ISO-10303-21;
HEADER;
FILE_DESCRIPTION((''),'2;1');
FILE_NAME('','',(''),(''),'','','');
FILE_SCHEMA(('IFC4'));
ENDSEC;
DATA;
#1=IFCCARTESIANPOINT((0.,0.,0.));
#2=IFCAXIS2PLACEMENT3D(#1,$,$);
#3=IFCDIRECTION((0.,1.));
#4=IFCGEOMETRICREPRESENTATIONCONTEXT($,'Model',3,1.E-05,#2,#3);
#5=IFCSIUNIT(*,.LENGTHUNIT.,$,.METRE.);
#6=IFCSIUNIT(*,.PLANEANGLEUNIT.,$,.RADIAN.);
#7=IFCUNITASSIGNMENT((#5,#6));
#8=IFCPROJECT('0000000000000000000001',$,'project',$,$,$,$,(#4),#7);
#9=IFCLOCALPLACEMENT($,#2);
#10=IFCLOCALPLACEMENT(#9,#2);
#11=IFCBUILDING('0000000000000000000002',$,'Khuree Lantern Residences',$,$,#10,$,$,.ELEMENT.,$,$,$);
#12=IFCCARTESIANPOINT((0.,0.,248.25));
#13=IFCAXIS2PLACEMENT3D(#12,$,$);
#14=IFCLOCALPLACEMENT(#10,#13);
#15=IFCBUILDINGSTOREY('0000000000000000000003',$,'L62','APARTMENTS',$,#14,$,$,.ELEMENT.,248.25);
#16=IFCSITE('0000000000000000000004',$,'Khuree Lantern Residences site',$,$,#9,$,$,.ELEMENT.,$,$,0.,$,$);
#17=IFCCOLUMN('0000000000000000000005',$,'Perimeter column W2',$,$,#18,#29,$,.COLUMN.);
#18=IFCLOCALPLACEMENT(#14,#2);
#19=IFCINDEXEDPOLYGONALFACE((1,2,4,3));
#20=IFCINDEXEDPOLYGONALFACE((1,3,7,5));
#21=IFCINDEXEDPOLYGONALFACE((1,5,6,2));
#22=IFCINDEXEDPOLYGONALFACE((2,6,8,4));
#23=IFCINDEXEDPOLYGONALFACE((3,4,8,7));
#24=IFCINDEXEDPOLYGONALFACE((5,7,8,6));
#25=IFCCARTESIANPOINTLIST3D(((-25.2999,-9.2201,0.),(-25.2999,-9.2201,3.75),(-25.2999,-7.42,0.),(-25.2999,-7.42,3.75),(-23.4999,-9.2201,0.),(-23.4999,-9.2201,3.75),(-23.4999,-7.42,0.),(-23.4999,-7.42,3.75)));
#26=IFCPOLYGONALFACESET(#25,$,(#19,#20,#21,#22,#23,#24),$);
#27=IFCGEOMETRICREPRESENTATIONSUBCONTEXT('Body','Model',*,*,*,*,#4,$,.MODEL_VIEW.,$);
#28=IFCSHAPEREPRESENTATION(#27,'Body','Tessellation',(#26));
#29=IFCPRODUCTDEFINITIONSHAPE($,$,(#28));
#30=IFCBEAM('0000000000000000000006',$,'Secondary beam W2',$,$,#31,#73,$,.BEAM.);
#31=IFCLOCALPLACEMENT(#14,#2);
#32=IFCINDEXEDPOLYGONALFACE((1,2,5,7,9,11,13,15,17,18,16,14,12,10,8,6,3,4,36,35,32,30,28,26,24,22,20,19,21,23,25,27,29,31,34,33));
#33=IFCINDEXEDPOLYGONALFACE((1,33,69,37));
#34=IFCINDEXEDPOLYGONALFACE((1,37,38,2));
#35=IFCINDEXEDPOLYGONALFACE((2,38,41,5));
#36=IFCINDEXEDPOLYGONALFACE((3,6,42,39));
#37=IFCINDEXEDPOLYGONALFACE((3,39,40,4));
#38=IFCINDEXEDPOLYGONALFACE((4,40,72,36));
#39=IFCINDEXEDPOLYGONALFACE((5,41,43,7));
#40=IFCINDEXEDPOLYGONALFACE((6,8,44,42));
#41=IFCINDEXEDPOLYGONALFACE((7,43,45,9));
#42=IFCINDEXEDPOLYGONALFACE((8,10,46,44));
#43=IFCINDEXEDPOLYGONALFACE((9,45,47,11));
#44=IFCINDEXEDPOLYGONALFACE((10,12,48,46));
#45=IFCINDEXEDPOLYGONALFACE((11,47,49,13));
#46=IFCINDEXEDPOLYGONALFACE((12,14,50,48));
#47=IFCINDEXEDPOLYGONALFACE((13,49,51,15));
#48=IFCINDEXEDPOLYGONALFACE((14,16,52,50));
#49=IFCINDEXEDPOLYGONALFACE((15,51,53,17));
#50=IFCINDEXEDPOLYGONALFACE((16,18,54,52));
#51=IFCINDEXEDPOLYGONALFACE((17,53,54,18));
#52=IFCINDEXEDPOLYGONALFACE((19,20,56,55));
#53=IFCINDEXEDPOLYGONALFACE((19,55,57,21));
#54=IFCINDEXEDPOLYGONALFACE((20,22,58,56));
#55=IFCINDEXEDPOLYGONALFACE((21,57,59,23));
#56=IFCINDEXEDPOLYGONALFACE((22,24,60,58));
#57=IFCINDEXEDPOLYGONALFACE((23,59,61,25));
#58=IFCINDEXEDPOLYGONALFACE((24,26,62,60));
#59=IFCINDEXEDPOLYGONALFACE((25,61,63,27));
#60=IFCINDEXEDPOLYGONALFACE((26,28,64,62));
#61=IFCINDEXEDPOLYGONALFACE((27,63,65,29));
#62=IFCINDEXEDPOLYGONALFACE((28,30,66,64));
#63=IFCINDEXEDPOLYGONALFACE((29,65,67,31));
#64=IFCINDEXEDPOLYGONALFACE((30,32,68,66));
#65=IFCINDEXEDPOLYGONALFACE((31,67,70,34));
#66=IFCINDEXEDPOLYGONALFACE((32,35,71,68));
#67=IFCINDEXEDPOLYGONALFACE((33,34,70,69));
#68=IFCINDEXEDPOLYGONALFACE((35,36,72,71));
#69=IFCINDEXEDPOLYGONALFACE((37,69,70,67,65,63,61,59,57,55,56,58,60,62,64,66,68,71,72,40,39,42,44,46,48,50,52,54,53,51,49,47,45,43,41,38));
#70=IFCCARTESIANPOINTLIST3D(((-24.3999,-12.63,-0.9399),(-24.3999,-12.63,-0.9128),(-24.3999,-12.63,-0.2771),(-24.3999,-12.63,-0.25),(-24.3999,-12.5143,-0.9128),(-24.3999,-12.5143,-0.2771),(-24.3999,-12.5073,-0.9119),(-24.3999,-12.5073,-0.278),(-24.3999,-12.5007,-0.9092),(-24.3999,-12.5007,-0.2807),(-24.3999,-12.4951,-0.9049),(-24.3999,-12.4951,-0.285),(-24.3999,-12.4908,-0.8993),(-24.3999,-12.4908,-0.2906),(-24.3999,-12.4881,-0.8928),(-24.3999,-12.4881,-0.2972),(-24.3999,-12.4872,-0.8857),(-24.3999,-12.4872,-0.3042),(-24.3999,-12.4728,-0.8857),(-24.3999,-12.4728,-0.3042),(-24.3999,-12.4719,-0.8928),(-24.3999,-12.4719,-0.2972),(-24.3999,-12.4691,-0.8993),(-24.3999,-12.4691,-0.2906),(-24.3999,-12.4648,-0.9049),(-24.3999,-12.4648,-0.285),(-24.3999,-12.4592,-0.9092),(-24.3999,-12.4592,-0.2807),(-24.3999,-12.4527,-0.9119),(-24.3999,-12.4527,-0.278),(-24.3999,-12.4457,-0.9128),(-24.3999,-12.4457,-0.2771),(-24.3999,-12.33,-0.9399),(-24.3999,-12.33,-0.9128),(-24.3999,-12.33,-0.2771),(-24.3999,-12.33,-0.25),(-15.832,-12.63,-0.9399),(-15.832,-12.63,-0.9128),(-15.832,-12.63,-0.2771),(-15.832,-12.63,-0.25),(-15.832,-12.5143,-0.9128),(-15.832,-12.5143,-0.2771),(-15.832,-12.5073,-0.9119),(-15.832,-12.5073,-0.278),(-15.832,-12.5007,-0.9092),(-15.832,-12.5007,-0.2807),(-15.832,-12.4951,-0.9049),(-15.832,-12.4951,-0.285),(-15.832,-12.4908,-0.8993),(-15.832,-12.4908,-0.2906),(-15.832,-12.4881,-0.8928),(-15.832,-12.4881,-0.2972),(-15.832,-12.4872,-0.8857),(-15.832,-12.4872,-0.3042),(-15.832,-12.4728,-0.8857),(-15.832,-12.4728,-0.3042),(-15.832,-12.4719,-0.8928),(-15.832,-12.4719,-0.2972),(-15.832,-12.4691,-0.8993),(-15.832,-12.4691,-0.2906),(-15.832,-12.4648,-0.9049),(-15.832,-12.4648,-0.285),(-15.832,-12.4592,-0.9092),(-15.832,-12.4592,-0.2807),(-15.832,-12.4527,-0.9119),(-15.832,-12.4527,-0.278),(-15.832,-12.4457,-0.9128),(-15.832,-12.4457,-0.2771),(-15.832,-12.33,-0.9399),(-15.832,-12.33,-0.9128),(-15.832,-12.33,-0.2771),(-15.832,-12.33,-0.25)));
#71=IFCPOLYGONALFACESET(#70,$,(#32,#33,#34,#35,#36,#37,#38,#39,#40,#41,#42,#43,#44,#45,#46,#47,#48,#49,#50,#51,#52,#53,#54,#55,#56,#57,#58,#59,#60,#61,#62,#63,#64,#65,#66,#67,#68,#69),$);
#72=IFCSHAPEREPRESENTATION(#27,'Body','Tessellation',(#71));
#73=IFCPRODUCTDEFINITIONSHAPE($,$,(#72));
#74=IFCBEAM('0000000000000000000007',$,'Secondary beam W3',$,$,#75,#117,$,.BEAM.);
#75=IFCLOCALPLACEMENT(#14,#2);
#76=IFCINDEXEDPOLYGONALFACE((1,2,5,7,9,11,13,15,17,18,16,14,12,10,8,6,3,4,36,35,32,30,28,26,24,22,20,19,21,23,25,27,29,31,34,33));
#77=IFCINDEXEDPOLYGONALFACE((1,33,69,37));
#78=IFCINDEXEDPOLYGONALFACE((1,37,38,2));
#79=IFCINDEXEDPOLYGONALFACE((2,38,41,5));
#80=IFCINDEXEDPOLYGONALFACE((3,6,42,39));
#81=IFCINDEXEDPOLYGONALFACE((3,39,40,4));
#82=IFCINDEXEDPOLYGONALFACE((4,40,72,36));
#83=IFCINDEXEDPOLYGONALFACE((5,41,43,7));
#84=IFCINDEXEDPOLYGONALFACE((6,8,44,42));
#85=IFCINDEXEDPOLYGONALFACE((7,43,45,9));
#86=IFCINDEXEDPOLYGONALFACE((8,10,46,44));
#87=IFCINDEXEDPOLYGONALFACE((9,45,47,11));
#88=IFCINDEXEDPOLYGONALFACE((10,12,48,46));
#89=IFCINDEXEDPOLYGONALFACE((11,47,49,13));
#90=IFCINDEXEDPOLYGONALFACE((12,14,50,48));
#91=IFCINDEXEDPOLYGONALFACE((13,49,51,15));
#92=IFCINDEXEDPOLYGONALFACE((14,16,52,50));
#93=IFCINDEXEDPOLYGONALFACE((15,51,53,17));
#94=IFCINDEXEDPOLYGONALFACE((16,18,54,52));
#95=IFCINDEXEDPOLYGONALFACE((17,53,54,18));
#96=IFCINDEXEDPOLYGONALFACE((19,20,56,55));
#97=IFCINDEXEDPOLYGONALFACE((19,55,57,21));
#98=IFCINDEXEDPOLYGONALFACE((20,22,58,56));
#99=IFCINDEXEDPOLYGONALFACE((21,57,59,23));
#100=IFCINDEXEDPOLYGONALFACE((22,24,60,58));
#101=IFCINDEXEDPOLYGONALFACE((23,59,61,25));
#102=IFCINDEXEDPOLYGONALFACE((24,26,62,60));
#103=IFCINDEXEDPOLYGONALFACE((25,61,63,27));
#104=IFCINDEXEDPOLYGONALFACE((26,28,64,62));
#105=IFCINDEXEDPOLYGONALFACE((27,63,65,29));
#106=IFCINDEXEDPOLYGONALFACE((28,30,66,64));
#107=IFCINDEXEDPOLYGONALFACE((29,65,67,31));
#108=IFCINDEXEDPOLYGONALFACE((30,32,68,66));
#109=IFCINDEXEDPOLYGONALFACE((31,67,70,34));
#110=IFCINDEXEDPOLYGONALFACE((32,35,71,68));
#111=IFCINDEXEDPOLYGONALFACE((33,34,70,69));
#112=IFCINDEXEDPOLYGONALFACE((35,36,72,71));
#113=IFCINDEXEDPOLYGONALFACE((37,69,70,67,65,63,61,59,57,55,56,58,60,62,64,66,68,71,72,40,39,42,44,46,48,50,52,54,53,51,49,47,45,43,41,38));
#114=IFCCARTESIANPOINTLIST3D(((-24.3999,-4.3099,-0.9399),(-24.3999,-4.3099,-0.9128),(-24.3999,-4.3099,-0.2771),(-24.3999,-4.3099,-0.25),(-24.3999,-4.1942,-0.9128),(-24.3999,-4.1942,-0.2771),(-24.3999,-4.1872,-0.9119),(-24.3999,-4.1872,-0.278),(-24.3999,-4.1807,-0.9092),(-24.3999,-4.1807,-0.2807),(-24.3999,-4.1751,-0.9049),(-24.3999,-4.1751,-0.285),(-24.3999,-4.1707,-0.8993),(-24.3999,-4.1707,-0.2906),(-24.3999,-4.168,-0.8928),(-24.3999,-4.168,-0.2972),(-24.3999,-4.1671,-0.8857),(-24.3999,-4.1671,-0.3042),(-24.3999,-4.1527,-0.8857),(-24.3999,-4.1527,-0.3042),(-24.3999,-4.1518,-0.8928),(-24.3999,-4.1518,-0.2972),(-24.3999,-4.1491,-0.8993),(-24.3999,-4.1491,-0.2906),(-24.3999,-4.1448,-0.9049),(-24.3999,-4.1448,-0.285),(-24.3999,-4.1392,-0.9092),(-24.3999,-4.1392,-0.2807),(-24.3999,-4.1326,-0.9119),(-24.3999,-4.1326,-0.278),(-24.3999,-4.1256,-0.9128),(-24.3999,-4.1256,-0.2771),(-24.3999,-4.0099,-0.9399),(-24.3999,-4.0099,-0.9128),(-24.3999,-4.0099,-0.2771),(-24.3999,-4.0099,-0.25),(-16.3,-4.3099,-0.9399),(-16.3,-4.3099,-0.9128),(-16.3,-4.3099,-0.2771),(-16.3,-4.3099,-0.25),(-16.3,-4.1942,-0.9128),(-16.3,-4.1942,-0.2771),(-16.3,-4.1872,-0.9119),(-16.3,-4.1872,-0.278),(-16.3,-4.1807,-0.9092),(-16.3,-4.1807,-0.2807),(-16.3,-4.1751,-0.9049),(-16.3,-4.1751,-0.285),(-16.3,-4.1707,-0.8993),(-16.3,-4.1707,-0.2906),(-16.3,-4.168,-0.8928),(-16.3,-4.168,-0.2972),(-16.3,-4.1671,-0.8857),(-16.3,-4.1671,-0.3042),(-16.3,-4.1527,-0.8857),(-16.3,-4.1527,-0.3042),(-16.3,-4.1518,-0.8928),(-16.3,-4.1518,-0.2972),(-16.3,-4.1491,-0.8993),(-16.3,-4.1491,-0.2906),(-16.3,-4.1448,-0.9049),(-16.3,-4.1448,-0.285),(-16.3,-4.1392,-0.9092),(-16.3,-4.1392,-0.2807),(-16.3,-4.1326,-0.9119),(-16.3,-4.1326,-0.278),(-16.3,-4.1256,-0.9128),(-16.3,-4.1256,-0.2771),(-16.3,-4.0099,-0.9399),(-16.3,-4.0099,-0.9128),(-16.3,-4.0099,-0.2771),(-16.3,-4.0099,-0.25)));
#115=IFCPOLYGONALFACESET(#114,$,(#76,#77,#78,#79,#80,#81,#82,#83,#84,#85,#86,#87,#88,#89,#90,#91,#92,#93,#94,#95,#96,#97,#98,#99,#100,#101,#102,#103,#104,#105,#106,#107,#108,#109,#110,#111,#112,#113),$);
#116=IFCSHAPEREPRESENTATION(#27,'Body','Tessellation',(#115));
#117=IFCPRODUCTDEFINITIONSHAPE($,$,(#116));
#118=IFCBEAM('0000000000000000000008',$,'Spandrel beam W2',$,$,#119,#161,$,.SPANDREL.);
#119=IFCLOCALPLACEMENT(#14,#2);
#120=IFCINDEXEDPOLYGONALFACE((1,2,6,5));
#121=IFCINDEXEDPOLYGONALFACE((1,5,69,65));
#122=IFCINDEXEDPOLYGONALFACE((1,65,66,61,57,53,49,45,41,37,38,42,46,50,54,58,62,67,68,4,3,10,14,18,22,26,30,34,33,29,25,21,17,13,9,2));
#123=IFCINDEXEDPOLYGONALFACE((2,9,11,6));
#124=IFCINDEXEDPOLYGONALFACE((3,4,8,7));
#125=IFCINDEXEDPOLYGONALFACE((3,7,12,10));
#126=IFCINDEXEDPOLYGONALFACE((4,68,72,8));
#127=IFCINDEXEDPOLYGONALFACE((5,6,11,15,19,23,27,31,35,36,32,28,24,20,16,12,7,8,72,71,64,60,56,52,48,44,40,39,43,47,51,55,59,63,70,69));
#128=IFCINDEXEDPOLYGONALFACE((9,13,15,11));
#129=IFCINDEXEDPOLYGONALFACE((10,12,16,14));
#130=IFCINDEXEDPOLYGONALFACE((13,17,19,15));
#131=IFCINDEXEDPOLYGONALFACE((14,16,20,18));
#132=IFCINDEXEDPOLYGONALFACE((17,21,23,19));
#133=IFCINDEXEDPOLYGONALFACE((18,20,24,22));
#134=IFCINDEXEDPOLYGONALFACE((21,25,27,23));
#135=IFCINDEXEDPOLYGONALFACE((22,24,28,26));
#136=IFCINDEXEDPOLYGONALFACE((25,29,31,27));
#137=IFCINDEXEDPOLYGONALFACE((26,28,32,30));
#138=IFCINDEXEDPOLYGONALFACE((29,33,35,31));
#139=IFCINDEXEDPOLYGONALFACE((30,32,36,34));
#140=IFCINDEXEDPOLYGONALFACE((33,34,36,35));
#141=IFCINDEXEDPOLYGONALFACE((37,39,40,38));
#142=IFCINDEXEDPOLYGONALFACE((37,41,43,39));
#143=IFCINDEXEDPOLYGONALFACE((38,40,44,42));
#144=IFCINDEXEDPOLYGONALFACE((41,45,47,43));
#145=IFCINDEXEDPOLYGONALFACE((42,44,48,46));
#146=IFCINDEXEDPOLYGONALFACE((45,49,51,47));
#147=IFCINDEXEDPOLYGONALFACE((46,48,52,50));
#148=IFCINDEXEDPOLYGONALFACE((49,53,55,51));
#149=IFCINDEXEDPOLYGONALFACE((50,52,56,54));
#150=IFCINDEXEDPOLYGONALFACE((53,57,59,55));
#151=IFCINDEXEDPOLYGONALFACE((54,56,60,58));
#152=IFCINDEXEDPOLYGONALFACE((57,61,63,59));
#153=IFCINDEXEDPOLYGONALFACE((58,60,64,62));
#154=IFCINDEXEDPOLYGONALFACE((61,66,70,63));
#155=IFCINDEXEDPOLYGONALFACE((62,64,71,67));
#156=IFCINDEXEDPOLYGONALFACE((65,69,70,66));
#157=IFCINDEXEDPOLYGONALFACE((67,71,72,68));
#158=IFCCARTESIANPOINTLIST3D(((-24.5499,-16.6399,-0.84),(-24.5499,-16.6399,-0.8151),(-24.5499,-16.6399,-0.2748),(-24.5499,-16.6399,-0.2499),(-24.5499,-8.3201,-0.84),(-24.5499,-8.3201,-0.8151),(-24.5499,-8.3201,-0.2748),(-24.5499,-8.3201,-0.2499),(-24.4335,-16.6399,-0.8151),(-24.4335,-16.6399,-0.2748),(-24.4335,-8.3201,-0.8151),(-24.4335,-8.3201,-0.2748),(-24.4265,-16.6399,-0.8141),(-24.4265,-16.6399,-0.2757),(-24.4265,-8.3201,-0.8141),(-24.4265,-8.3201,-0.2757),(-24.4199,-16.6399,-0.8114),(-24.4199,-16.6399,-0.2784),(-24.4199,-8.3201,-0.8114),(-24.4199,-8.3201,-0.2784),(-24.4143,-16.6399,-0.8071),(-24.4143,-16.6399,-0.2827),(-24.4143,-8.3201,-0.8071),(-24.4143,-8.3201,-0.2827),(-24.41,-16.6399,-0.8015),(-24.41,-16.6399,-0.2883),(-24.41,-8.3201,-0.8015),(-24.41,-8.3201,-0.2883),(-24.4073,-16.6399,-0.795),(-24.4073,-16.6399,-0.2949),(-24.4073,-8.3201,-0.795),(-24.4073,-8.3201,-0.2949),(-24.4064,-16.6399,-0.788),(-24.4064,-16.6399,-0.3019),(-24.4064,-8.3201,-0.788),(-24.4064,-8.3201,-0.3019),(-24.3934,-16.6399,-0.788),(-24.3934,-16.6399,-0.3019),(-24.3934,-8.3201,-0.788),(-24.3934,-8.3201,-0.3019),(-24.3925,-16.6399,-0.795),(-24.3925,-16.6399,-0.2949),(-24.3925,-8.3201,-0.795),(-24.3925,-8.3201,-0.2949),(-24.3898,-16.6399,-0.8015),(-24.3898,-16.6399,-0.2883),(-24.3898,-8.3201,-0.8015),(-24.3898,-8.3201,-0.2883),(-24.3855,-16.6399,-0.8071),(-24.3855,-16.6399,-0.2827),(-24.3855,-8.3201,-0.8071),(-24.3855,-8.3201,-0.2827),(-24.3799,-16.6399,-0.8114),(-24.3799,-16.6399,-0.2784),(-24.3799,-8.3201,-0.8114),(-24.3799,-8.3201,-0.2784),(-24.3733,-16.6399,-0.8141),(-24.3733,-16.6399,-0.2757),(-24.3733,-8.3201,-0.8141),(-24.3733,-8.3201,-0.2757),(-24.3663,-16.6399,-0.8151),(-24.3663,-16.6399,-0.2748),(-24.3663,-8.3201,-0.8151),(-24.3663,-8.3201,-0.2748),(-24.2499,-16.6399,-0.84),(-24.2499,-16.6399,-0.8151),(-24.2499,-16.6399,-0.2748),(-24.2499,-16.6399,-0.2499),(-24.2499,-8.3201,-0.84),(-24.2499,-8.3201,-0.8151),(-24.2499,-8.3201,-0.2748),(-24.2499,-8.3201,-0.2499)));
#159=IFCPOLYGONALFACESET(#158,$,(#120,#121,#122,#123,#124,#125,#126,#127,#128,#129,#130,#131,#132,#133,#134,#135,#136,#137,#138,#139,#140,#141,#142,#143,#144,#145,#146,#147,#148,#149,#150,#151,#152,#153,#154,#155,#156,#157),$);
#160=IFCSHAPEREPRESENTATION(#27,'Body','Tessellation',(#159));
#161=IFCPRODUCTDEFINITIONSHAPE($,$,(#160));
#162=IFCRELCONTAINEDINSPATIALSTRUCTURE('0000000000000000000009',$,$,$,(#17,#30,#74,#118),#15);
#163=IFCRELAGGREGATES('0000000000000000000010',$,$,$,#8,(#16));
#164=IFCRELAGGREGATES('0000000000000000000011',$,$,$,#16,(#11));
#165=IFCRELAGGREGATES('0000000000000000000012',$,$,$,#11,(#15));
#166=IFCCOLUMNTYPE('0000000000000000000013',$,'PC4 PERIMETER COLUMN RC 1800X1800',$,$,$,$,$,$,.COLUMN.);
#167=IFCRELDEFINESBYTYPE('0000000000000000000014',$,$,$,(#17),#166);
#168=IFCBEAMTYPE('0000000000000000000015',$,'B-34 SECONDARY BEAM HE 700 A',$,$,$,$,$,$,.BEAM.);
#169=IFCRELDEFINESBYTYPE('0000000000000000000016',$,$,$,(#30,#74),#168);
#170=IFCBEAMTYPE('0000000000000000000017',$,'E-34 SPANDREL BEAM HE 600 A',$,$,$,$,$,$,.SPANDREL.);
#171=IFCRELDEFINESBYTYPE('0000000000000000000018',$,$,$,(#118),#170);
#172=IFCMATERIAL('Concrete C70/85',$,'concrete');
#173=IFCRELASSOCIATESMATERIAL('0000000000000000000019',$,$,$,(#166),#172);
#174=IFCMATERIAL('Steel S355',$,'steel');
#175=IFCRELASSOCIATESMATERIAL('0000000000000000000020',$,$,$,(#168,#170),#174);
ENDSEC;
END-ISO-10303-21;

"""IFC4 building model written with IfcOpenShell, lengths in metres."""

from ifc_helpers import new_model, si_unit, direction, frame, origin, origin_2d, place, context, subcontext, project, spatial, rectangle, i_section, extrude, material, material_profile, profile_set, type_object, element, save


model = new_model("IFC4")

# Units and contexts
model_context = context("Model", 3, precision=1e-05, world=origin(), true_north=direction((0.0, 1.0)))
body_context = subcontext(model_context, "Body", "Model", "MODEL_VIEW")
ifc_project = project(units=[si_unit("LENGTHUNIT", "METRE"), si_unit("PLANEANGLEUNIT", "RADIAN")], contexts=[model_context])

# Site, building, storey
site_placement = place(None, origin())
site = spatial("IfcSite", under=ifc_project, at=site_placement, Name="Khuree Lantern Residences site", CompositionType="ELEMENT", RefElevation=0.0)
building_placement = place(site_placement, origin())
building = spatial("IfcBuilding", under=site, at=building_placement, Name="Khuree Lantern Residences", CompositionType="ELEMENT")
storey_placement = place(building_placement, frame((0.0, 0.0, 248.25)))
storey = spatial("IfcBuildingStorey", under=building, at=storey_placement, Name="L62", Description="APARTMENTS", CompositionType="ELEMENT", Elevation=248.25)

# Column
ifc_material_1 = material(Name="Concrete C70/85", Category="concrete")
ifc_material_profile_1 = material_profile(ifc_material_1, rectangle(XDim=1.8, YDim=1.8, at=origin_2d()), Name="RC 1800X1800")
ifc_profile_set_1 = profile_set([ifc_material_profile_1], Name="Concrete C70/85")
column_type = type_object("IfcColumnType", Name="PC4 PERIMETER COLUMN RC 1800X1800", PredefinedType="COLUMN", material=ifc_profile_set_1)
column_placement = place(storey_placement, frame((-24.3999, -8.3201, 0.0), z_axis=(0.0, 0.0, 1.0), x_axis=(0.0, 1.0, 0.0)))
element("IfcColumn", 1, at=column_placement, inside=storey, type_object=column_type, Name="Perimeter column W2", PredefinedType="COLUMN", context=body_context, shape_type="SweptSolid", body=[
    extrude(rectangle(XDim=1.8, YDim=1.8, at=origin_2d()), origin(), (0.0, 0.0, 1.0), 3.75),
])

# Beams
ifc_material_2 = material(Name="Steel S355", Category="steel")
ifc_material_profile_2 = material_profile(ifc_material_2, i_section(OverallWidth=0.3, OverallDepth=0.6899, WebThickness=0.0144, FlangeThickness=0.0271, FilletRadius=0.0271, at=origin_2d()), Name="HE 700 A")
ifc_profile_set_2 = profile_set([ifc_material_profile_2], Name="Steel S355")
beam_type_1 = type_object("IfcBeamType", Name="B-34 SECONDARY BEAM HE 700 A", PredefinedType="BEAM", material=ifc_profile_set_2)
beam_1_placement = place(storey_placement, frame((-24.3999, -12.48, -0.595), z_axis=(1.0, 0.0, 0.0), x_axis=(0.0, 1.0, 0.0)))
element("IfcBeam", 2, at=beam_1_placement, inside=storey, type_object=beam_type_1, Name="Secondary beam W2", PredefinedType="BEAM", context=body_context, shape_type="SweptSolid", body=[
    extrude(i_section(OverallWidth=0.3, OverallDepth=0.6899, WebThickness=0.0144, FlangeThickness=0.0271, FilletRadius=0.0271, at=origin_2d()), origin(), (0.0, 0.0, 1.0), 8.5679),
])
beam_2_placement = place(storey_placement, frame((-24.3999, -4.1599, -0.595), z_axis=(1.0, 0.0, 0.0), x_axis=(0.0, 1.0, 0.0)))
element("IfcBeam", 3, at=beam_2_placement, inside=storey, type_object=beam_type_1, Name="Secondary beam W3", PredefinedType="BEAM", context=body_context, shape_type="SweptSolid", body=[
    extrude(i_section(OverallWidth=0.3, OverallDepth=0.6899, WebThickness=0.0144, FlangeThickness=0.0271, FilletRadius=0.0271, at=origin_2d()), origin(), (0.0, 0.0, 1.0), 8.0999),
])
ifc_material_profile_3 = material_profile(ifc_material_2, i_section(OverallWidth=0.3, OverallDepth=0.5901, WebThickness=0.0129, FlangeThickness=0.0249, FilletRadius=0.0271, at=origin_2d()), Name="HE 600 A")
ifc_profile_set_3 = profile_set([ifc_material_profile_3], Name="Steel S355")
beam_type_2 = type_object("IfcBeamType", Name="E-34 SPANDREL BEAM HE 600 A", PredefinedType="SPANDREL", material=ifc_profile_set_3)
beam_3_placement = place(storey_placement, frame((-24.3999, -16.6399, -0.5449), z_axis=(0.0, 1.0, 0.0), x_axis=(-1.0, 0.0, 0.0)))
element("IfcBeam", 4, at=beam_3_placement, inside=storey, type_object=beam_type_2, Name="Spandrel beam W2", PredefinedType="SPANDREL", context=body_context, shape_type="SweptSolid", body=[
    extrude(i_section(OverallWidth=0.3, OverallDepth=0.5901, WebThickness=0.0129, FlangeThickness=0.0249, FilletRadius=0.0271, at=origin_2d()), origin(), (0.0, 0.0, 1.0), 8.3198),
])

save(model, "model.ifc")
